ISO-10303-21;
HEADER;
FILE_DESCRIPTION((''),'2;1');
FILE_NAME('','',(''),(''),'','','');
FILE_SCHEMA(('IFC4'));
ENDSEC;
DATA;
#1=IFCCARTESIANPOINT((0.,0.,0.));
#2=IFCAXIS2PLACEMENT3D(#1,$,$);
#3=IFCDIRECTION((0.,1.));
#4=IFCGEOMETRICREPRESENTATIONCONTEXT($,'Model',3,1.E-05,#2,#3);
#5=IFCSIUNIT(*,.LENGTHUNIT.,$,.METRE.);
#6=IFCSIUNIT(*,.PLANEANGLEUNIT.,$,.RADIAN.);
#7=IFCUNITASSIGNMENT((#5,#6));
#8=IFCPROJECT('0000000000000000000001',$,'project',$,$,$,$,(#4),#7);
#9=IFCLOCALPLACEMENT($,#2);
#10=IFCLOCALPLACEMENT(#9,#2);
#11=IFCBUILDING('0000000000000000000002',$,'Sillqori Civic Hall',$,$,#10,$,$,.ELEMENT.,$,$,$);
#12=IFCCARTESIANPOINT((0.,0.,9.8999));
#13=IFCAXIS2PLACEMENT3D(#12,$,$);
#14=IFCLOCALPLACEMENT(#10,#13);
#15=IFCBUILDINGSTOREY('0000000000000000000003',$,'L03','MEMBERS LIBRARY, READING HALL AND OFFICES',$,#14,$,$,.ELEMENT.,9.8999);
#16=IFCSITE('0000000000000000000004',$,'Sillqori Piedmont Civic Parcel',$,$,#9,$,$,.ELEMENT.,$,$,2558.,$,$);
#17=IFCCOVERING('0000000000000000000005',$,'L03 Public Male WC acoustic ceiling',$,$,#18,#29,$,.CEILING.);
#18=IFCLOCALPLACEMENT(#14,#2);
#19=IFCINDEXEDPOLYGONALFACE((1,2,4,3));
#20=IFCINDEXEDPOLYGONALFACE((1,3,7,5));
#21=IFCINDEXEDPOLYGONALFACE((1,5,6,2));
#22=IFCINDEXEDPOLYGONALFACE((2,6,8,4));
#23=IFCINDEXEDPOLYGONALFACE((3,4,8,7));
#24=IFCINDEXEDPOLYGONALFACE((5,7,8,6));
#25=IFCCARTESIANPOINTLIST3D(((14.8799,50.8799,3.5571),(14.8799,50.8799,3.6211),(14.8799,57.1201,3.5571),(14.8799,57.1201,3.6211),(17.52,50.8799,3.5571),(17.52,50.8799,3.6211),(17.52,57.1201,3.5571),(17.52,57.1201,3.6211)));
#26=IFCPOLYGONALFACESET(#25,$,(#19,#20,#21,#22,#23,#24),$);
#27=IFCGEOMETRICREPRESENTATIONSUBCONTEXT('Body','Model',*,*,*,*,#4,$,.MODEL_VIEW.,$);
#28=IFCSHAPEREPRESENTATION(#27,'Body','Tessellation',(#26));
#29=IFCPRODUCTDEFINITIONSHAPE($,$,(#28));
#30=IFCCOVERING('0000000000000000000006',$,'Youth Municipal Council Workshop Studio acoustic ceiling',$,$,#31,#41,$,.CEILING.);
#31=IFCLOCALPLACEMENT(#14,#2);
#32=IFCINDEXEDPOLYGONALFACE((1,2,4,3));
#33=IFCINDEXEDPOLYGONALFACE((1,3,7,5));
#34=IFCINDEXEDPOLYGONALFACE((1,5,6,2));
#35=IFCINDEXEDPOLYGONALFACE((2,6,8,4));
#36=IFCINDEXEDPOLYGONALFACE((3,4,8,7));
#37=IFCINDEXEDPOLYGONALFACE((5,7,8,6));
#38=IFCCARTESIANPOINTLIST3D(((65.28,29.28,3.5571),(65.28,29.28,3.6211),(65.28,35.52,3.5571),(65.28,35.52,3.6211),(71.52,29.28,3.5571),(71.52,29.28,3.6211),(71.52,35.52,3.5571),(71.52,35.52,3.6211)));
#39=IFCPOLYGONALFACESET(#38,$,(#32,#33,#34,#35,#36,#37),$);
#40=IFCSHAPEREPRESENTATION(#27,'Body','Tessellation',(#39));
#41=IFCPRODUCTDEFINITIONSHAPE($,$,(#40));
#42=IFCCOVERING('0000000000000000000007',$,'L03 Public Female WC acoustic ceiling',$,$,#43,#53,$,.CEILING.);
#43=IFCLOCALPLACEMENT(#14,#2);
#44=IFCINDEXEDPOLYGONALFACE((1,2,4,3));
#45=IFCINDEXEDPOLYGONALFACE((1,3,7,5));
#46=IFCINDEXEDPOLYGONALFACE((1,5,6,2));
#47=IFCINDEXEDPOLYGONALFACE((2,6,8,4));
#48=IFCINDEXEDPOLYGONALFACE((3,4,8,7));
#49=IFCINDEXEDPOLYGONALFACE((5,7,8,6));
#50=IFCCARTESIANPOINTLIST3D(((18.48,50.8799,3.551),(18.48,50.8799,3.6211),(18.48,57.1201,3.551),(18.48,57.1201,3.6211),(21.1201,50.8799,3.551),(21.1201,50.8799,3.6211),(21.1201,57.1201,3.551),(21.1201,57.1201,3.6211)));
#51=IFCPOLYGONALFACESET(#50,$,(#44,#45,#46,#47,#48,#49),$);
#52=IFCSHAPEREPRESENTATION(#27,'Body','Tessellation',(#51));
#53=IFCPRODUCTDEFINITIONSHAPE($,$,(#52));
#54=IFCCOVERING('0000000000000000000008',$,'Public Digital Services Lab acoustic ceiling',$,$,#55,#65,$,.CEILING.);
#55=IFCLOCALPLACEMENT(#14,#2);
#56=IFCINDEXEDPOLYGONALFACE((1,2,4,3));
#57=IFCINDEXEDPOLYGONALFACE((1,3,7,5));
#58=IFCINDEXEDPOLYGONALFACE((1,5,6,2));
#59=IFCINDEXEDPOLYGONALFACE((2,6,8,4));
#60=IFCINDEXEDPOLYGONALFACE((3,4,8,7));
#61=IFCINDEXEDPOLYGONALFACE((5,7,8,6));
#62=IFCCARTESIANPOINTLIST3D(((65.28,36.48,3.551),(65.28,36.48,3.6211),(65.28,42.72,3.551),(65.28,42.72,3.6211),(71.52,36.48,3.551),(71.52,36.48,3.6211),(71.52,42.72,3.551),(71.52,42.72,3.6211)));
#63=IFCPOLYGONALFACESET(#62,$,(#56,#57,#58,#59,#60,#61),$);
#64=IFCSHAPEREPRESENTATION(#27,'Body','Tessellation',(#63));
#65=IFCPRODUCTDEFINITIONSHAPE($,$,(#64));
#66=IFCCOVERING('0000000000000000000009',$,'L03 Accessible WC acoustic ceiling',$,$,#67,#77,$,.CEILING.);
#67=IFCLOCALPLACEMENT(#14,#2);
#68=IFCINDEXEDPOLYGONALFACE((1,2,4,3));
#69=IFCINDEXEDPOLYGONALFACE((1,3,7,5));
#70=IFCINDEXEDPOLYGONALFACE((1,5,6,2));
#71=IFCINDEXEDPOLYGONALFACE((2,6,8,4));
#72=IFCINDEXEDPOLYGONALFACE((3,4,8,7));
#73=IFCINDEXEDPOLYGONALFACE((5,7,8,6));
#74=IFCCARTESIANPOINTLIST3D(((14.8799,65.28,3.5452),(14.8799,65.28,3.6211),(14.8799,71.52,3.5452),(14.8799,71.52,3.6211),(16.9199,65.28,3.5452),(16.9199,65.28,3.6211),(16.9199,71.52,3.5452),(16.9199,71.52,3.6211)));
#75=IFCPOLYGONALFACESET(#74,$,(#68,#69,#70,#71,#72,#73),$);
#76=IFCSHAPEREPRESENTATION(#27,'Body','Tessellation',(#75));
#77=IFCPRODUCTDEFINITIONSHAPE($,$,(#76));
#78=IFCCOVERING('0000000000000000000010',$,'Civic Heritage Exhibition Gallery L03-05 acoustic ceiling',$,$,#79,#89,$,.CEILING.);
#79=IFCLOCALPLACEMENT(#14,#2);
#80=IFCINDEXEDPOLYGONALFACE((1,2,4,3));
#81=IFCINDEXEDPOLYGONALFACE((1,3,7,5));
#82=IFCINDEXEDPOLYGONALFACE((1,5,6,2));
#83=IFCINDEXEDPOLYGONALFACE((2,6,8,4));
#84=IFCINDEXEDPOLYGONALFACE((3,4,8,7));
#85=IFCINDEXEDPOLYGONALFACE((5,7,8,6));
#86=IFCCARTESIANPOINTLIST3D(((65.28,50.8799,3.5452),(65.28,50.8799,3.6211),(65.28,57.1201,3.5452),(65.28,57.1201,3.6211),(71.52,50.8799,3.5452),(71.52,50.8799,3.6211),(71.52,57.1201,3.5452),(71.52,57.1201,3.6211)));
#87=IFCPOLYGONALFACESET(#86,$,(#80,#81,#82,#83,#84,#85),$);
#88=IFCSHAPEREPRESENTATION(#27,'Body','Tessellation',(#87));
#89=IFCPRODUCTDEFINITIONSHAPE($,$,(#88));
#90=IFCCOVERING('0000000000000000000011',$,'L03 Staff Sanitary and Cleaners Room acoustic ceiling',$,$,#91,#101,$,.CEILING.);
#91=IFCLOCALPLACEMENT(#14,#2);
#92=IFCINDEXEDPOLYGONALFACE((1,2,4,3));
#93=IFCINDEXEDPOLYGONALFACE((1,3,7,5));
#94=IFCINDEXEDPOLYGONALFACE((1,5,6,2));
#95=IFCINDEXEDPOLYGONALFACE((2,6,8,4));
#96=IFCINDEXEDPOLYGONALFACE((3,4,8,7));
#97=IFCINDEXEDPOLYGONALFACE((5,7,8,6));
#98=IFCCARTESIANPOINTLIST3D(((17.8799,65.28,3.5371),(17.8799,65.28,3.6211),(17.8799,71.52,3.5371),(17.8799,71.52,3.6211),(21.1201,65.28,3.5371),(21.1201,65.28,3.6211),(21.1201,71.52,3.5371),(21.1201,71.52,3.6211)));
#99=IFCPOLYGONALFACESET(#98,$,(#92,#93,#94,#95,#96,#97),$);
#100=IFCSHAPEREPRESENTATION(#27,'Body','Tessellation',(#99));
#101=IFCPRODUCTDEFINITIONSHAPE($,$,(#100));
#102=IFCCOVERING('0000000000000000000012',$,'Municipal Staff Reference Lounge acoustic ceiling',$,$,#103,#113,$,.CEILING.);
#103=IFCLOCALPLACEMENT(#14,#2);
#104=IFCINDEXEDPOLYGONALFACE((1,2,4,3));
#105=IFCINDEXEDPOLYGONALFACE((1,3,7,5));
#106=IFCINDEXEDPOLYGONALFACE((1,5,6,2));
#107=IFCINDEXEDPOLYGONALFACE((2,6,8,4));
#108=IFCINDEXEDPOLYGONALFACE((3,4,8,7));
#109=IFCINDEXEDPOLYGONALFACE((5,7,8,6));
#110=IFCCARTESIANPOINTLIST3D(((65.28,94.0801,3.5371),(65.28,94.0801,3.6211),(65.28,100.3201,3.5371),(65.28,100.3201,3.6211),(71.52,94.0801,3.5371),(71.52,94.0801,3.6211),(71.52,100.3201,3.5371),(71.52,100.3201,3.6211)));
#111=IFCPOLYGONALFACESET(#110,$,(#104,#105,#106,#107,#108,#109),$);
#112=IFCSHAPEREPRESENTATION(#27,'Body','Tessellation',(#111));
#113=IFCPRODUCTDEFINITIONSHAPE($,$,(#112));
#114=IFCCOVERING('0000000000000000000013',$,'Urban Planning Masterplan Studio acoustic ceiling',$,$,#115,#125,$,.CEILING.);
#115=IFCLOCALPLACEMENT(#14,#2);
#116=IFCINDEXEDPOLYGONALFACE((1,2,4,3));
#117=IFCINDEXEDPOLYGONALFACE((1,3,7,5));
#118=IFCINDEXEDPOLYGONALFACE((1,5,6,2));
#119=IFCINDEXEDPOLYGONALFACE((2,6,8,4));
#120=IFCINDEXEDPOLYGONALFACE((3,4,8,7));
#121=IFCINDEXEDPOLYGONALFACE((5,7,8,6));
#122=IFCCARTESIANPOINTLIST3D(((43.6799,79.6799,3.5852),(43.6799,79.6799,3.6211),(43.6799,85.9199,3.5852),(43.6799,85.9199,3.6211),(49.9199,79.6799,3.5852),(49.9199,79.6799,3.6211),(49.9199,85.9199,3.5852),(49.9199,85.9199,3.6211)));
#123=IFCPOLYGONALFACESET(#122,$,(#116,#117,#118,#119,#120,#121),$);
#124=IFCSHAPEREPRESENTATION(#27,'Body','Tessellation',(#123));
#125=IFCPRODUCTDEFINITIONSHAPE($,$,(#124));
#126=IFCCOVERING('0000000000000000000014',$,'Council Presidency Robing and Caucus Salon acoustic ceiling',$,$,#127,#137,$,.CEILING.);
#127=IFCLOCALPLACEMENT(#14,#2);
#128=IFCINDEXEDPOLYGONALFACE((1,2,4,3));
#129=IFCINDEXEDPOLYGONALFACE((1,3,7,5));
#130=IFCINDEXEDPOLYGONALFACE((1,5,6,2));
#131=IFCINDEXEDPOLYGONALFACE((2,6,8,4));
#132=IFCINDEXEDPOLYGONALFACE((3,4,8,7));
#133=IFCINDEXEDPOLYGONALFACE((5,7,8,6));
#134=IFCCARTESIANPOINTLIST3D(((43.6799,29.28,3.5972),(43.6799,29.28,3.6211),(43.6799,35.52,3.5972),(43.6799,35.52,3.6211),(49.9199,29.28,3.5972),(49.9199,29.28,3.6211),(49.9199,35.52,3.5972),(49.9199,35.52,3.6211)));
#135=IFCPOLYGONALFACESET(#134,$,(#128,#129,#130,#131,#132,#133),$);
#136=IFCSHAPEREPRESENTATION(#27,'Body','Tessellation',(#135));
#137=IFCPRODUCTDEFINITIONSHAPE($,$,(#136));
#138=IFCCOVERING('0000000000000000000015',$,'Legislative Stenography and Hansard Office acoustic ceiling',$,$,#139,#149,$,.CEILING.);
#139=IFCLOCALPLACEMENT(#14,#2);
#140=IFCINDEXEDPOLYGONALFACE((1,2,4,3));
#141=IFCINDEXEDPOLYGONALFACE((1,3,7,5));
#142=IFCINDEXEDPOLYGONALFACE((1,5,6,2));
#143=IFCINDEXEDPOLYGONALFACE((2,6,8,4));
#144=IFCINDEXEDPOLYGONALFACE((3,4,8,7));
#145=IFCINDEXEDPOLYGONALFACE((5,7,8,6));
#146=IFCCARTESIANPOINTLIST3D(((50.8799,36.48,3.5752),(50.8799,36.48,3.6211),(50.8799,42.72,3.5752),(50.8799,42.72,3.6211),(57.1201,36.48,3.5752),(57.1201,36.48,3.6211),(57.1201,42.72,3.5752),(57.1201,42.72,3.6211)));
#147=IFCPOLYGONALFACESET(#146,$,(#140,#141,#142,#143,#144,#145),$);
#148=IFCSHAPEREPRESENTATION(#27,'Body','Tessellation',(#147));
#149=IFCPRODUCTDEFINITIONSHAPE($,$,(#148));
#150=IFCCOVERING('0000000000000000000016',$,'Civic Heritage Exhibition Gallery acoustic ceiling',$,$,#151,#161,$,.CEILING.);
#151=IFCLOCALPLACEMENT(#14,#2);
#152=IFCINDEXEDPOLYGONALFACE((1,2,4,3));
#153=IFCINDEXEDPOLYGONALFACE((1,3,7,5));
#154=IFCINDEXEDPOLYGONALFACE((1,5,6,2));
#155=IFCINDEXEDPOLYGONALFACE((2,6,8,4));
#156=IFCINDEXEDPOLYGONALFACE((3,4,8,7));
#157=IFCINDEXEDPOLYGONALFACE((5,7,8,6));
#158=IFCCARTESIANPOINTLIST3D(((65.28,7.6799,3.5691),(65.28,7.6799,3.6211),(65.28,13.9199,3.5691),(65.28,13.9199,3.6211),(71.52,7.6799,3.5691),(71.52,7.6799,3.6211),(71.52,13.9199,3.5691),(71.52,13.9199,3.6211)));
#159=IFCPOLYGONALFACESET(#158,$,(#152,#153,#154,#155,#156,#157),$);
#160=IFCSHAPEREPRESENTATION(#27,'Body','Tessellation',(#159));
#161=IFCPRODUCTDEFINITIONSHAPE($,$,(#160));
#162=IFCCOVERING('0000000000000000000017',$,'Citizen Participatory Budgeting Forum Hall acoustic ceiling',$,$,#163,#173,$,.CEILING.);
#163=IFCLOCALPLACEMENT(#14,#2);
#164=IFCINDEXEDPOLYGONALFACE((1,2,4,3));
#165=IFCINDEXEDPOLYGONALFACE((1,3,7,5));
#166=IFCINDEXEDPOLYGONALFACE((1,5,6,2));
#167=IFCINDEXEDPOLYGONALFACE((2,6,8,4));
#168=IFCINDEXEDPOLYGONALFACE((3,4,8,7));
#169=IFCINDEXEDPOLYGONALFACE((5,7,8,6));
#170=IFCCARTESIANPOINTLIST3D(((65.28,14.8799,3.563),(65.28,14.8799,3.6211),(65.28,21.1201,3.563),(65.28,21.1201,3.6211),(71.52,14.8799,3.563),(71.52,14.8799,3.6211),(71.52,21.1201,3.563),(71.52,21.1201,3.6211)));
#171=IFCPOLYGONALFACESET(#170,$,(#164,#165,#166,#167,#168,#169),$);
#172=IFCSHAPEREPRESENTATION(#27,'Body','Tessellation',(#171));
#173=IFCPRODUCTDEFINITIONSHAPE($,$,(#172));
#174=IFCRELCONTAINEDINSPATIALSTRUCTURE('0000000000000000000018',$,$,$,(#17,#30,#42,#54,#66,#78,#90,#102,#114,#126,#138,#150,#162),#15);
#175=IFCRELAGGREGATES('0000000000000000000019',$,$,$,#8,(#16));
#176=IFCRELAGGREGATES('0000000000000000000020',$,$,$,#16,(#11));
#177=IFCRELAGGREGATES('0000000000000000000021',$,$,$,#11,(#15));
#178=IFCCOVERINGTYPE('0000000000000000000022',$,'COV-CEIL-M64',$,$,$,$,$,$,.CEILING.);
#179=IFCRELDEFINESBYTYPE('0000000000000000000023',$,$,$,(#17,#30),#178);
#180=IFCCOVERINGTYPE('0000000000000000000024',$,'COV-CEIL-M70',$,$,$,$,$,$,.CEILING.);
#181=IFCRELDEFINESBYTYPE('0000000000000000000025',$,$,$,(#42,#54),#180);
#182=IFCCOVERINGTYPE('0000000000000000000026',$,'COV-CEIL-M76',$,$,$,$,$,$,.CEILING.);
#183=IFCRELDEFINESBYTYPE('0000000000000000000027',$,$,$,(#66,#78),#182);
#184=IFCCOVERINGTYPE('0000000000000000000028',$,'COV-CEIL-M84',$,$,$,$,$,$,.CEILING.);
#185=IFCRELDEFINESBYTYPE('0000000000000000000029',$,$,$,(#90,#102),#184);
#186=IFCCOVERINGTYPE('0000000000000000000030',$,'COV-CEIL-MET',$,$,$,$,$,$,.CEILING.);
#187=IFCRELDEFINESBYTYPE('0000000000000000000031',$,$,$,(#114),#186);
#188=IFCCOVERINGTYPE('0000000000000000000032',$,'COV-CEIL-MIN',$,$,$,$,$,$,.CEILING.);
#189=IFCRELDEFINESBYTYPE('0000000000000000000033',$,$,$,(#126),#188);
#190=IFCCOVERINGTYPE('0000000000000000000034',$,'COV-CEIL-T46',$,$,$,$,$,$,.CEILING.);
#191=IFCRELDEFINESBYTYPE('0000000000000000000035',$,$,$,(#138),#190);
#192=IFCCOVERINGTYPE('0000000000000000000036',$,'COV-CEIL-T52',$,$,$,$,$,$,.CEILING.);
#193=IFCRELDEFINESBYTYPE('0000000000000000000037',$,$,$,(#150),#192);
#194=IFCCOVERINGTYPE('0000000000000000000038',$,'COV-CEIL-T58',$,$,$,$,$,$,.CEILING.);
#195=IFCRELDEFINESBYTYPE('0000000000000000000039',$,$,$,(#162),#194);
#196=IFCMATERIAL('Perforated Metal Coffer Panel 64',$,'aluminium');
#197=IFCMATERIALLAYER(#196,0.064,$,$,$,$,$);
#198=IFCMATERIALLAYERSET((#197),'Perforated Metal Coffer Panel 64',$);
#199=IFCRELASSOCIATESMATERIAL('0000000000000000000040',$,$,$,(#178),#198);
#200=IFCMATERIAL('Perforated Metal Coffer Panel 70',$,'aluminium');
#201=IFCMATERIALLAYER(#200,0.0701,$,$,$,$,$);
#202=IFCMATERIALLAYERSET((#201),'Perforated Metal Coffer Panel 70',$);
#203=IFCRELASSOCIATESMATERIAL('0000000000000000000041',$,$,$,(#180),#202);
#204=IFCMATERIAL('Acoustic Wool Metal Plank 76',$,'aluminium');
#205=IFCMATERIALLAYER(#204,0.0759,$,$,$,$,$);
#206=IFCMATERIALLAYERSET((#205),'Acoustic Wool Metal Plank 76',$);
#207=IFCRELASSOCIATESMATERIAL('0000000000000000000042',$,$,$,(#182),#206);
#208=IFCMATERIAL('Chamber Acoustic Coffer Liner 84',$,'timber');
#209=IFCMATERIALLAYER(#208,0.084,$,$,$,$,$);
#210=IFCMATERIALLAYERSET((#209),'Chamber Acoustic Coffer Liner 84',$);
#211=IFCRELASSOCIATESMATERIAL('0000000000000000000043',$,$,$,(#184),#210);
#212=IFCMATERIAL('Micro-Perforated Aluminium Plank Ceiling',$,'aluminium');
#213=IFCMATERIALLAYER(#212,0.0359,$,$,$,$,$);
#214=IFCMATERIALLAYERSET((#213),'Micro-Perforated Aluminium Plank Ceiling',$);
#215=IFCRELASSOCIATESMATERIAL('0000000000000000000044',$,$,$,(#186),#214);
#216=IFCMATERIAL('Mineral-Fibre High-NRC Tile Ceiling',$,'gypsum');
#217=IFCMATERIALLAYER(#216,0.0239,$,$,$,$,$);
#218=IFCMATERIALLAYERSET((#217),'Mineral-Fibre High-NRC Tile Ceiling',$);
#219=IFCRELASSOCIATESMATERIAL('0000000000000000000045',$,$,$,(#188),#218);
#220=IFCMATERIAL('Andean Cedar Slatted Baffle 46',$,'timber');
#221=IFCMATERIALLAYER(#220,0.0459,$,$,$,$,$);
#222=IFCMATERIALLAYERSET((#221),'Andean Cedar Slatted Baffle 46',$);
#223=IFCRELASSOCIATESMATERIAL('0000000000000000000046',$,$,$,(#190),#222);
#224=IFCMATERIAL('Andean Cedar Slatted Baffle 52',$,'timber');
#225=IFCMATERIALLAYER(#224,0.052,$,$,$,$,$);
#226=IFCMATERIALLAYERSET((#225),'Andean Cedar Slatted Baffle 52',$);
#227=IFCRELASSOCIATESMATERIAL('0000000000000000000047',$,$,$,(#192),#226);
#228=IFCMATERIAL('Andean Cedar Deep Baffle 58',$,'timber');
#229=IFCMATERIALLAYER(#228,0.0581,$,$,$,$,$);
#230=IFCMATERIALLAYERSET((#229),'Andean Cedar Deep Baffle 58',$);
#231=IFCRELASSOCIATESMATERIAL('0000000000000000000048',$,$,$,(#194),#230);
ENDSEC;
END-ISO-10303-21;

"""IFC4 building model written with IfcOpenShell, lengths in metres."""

from ifc_helpers import new_model, si_unit, direction, frame, origin, place, context, subcontext, project, spatial, polyline, outline, extrude, material, layer, layer_set, type_object, element, save


model = new_model("IFC4")

# Units and contexts
model_context = context("Model", 3, precision=1e-05, world=origin(), true_north=direction((0.0, 1.0)))
body_context = subcontext(model_context, "Body", "Model", "MODEL_VIEW")
ifc_project = project(units=[si_unit("LENGTHUNIT", "METRE"), si_unit("PLANEANGLEUNIT", "RADIAN")], contexts=[model_context])

# Site, building, storey
site_placement = place(None, origin())
site = spatial("IfcSite", under=ifc_project, at=site_placement, Name="Sillqori Piedmont Civic Parcel", CompositionType="ELEMENT", RefElevation=2558.0)
building_placement = place(site_placement, origin())
building = spatial("IfcBuilding", under=site, at=building_placement, Name="Sillqori Civic Hall", CompositionType="ELEMENT")
storey_placement = place(building_placement, frame((0.0, 0.0, 9.8999)))
storey = spatial("IfcBuildingStorey", under=building, at=storey_placement, Name="L03", Description="MEMBERS LIBRARY, READING HALL AND OFFICES", CompositionType="ELEMENT", Elevation=9.8999)

# Coverings
ifc_material_1 = material(Name="Perforated Metal Coffer Panel 64", Category="aluminium")
ifc_layer_1 = layer(ifc_material_1, 0.064)
ifc_layer_set_1 = layer_set([ifc_layer_1], Name="Perforated Metal Coffer Panel 64")
covering_type_1 = type_object("IfcCoveringType", Name="COV-CEIL-M64", PredefinedType="CEILING", material=ifc_layer_set_1)
covering_1_placement = place(storey_placement, frame((0.0, 0.0, 3.5571)))
element("IfcCovering", 1, at=covering_1_placement, inside=storey, type_object=covering_type_1, Name="L03 Public Male WC acoustic ceiling", PredefinedType="CEILING", context=body_context, shape_type="SweptSolid", body=[
    extrude(outline(polyline([(14.8799, 50.8799), (17.52, 50.8799), (17.52, 57.1201), (14.8799, 57.1201), (14.8799, 50.8799)])), origin(), (0.0, 0.0, 1.0), 0.064),
])
covering_2_placement = place(storey_placement, frame((0.0, 0.0, 3.5571)))
element("IfcCovering", 2, at=covering_2_placement, inside=storey, type_object=covering_type_1, Name="Youth Municipal Council Workshop Studio acoustic ceiling", PredefinedType="CEILING", context=body_context, shape_type="SweptSolid", body=[
    extrude(outline(polyline([(65.28, 29.28), (71.52, 29.28), (71.52, 35.52), (65.28, 35.52), (65.28, 29.28)])), origin(), (0.0, 0.0, 1.0), 0.064),
])
ifc_material_2 = material(Name="Perforated Metal Coffer Panel 70", Category="aluminium")
ifc_layer_2 = layer(ifc_material_2, 0.0701)
ifc_layer_set_2 = layer_set([ifc_layer_2], Name="Perforated Metal Coffer Panel 70")
covering_type_2 = type_object("IfcCoveringType", Name="COV-CEIL-M70", PredefinedType="CEILING", material=ifc_layer_set_2)
covering_3_placement = place(storey_placement, frame((0.0, 0.0, 3.551)))
element("IfcCovering", 3, at=covering_3_placement, inside=storey, type_object=covering_type_2, Name="L03 Public Female WC acoustic ceiling", PredefinedType="CEILING", context=body_context, shape_type="SweptSolid", body=[
    extrude(outline(polyline([(18.48, 50.8799), (21.1201, 50.8799), (21.1201, 57.1201), (18.48, 57.1201), (18.48, 50.8799)])), origin(), (0.0, 0.0, 1.0), 0.0701),
])
covering_4_placement = place(storey_placement, frame((0.0, 0.0, 3.551)))
element("IfcCovering", 4, at=covering_4_placement, inside=storey, type_object=covering_type_2, Name="Public Digital Services Lab acoustic ceiling", PredefinedType="CEILING", context=body_context, shape_type="SweptSolid", body=[
    extrude(outline(polyline([(65.28, 36.48), (71.52, 36.48), (71.52, 42.72), (65.28, 42.72), (65.28, 36.48)])), origin(), (0.0, 0.0, 1.0), 0.0701),
])
ifc_material_3 = material(Name="Acoustic Wool Metal Plank 76", Category="aluminium")
ifc_layer_3 = layer(ifc_material_3, 0.0759)
ifc_layer_set_3 = layer_set([ifc_layer_3], Name="Acoustic Wool Metal Plank 76")
covering_type_3 = type_object("IfcCoveringType", Name="COV-CEIL-M76", PredefinedType="CEILING", material=ifc_layer_set_3)
covering_5_placement = place(storey_placement, frame((0.0, 0.0, 3.5452)))
element("IfcCovering", 5, at=covering_5_placement, inside=storey, type_object=covering_type_3, Name="L03 Accessible WC acoustic ceiling", PredefinedType="CEILING", context=body_context, shape_type="SweptSolid", body=[
    extrude(outline(polyline([(14.8799, 65.28), (16.9199, 65.28), (16.9199, 71.52), (14.8799, 71.52), (14.8799, 65.28)])), origin(), (0.0, 0.0, 1.0), 0.0759),
])
covering_6_placement = place(storey_placement, frame((0.0, 0.0, 3.5452)))
element("IfcCovering", 6, at=covering_6_placement, inside=storey, type_object=covering_type_3, Name="Civic Heritage Exhibition Gallery L03-05 acoustic ceiling", PredefinedType="CEILING", context=body_context, shape_type="SweptSolid", body=[
    extrude(outline(polyline([(65.28, 50.8799), (71.52, 50.8799), (71.52, 57.1201), (65.28, 57.1201), (65.28, 50.8799)])), origin(), (0.0, 0.0, 1.0), 0.0759),
])
ifc_material_4 = material(Name="Chamber Acoustic Coffer Liner 84", Category="timber")
ifc_layer_4 = layer(ifc_material_4, 0.084)
ifc_layer_set_4 = layer_set([ifc_layer_4], Name="Chamber Acoustic Coffer Liner 84")
covering_type_4 = type_object("IfcCoveringType", Name="COV-CEIL-M84", PredefinedType="CEILING", material=ifc_layer_set_4)
covering_7_placement = place(storey_placement, frame((0.0, 0.0, 3.5371)))
element("IfcCovering", 7, at=covering_7_placement, inside=storey, type_object=covering_type_4, Name="L03 Staff Sanitary and Cleaners Room acoustic ceiling", PredefinedType="CEILING", context=body_context, shape_type="SweptSolid", body=[
    extrude(outline(polyline([(17.8799, 65.28), (21.1201, 65.28), (21.1201, 71.52), (17.8799, 71.52), (17.8799, 65.28)])), origin(), (0.0, 0.0, 1.0), 0.084),
])
covering_8_placement = place(storey_placement, frame((0.0, 0.0, 3.5371)))
element("IfcCovering", 8, at=covering_8_placement, inside=storey, type_object=covering_type_4, Name="Municipal Staff Reference Lounge acoustic ceiling", PredefinedType="CEILING", context=body_context, shape_type="SweptSolid", body=[
    extrude(outline(polyline([(65.28, 94.0801), (71.52, 94.0801), (71.52, 100.3201), (65.28, 100.3201), (65.28, 94.0801)])), origin(), (0.0, 0.0, 1.0), 0.084),
])
ifc_material_5 = material(Name="Micro-Perforated Aluminium Plank Ceiling", Category="aluminium")
ifc_layer_5 = layer(ifc_material_5, 0.0359)
ifc_layer_set_5 = layer_set([ifc_layer_5], Name="Micro-Perforated Aluminium Plank Ceiling")
covering_type_5 = type_object("IfcCoveringType", Name="COV-CEIL-MET", PredefinedType="CEILING", material=ifc_layer_set_5)
covering_9_placement = place(storey_placement, frame((0.0, 0.0, 3.5852)))
element("IfcCovering", 9, at=covering_9_placement, inside=storey, type_object=covering_type_5, Name="Urban Planning Masterplan Studio acoustic ceiling", PredefinedType="CEILING", context=body_context, shape_type="SweptSolid", body=[
    extrude(outline(polyline([(43.6799, 79.6799), (49.9199, 79.6799), (49.9199, 85.9199), (43.6799, 85.9199), (43.6799, 79.6799)])), origin(), (0.0, 0.0, 1.0), 0.0359),
])
ifc_material_6 = material(Name="Mineral-Fibre High-NRC Tile Ceiling", Category="gypsum")
ifc_layer_6 = layer(ifc_material_6, 0.0239)
ifc_layer_set_6 = layer_set([ifc_layer_6], Name="Mineral-Fibre High-NRC Tile Ceiling")
covering_type_6 = type_object("IfcCoveringType", Name="COV-CEIL-MIN", PredefinedType="CEILING", material=ifc_layer_set_6)
covering_10_placement = place(storey_placement, frame((0.0, 0.0, 3.5972)))
element("IfcCovering", 10, at=covering_10_placement, inside=storey, type_object=covering_type_6, Name="Council Presidency Robing and Caucus Salon acoustic ceiling", PredefinedType="CEILING", context=body_context, shape_type="SweptSolid", body=[
    extrude(outline(polyline([(43.6799, 29.28), (49.9199, 29.28), (49.9199, 35.52), (43.6799, 35.52), (43.6799, 29.28)])), origin(), (0.0, 0.0, 1.0), 0.0239),
])
ifc_material_7 = material(Name="Andean Cedar Slatted Baffle 46", Category="timber")
ifc_layer_7 = layer(ifc_material_7, 0.0459)
ifc_layer_set_7 = layer_set([ifc_layer_7], Name="Andean Cedar Slatted Baffle 46")
covering_type_7 = type_object("IfcCoveringType", Name="COV-CEIL-T46", PredefinedType="CEILING", material=ifc_layer_set_7)
covering_11_placement = place(storey_placement, frame((0.0, 0.0, 3.5752)))
element("IfcCovering", 11, at=covering_11_placement, inside=storey, type_object=covering_type_7, Name="Legislative Stenography and Hansard Office acoustic ceiling", PredefinedType="CEILING", context=body_context, shape_type="SweptSolid", body=[
    extrude(outline(polyline([(50.8799, 36.48), (57.1201, 36.48), (57.1201, 42.72), (50.8799, 42.72), (50.8799, 36.48)])), origin(), (0.0, 0.0, 1.0), 0.0459),
])
ifc_material_8 = material(Name="Andean Cedar Slatted Baffle 52", Category="timber")
ifc_layer_8 = layer(ifc_material_8, 0.052)
ifc_layer_set_8 = layer_set([ifc_layer_8], Name="Andean Cedar Slatted Baffle 52")
covering_type_8 = type_object("IfcCoveringType", Name="COV-CEIL-T52", PredefinedType="CEILING", material=ifc_layer_set_8)
covering_12_placement = place(storey_placement, frame((0.0, 0.0, 3.5691)))
element("IfcCovering", 12, at=covering_12_placement, inside=storey, type_object=covering_type_8, Name="Civic Heritage Exhibition Gallery acoustic ceiling", PredefinedType="CEILING", context=body_context, shape_type="SweptSolid", body=[
    extrude(outline(polyline([(65.28, 7.6799), (71.52, 7.6799), (71.52, 13.9199), (65.28, 13.9199), (65.28, 7.6799)])), origin(), (0.0, 0.0, 1.0), 0.052),
])
ifc_material_9 = material(Name="Andean Cedar Deep Baffle 58", Category="timber")
ifc_layer_9 = layer(ifc_material_9, 0.0581)
ifc_layer_set_9 = layer_set([ifc_layer_9], Name="Andean Cedar Deep Baffle 58")
covering_type_9 = type_object("IfcCoveringType", Name="COV-CEIL-T58", PredefinedType="CEILING", material=ifc_layer_set_9)
covering_13_placement = place(storey_placement, frame((0.0, 0.0, 3.563)))
element("IfcCovering", 13, at=covering_13_placement, inside=storey, type_object=covering_type_9, Name="Citizen Participatory Budgeting Forum Hall acoustic ceiling", PredefinedType="CEILING", context=body_context, shape_type="SweptSolid", body=[
    extrude(outline(polyline([(65.28, 14.8799), (71.52, 14.8799), (71.52, 21.1201), (65.28, 21.1201), (65.28, 14.8799)])), origin(), (0.0, 0.0, 1.0), 0.0581),
])

save(model, "model.ifc")
